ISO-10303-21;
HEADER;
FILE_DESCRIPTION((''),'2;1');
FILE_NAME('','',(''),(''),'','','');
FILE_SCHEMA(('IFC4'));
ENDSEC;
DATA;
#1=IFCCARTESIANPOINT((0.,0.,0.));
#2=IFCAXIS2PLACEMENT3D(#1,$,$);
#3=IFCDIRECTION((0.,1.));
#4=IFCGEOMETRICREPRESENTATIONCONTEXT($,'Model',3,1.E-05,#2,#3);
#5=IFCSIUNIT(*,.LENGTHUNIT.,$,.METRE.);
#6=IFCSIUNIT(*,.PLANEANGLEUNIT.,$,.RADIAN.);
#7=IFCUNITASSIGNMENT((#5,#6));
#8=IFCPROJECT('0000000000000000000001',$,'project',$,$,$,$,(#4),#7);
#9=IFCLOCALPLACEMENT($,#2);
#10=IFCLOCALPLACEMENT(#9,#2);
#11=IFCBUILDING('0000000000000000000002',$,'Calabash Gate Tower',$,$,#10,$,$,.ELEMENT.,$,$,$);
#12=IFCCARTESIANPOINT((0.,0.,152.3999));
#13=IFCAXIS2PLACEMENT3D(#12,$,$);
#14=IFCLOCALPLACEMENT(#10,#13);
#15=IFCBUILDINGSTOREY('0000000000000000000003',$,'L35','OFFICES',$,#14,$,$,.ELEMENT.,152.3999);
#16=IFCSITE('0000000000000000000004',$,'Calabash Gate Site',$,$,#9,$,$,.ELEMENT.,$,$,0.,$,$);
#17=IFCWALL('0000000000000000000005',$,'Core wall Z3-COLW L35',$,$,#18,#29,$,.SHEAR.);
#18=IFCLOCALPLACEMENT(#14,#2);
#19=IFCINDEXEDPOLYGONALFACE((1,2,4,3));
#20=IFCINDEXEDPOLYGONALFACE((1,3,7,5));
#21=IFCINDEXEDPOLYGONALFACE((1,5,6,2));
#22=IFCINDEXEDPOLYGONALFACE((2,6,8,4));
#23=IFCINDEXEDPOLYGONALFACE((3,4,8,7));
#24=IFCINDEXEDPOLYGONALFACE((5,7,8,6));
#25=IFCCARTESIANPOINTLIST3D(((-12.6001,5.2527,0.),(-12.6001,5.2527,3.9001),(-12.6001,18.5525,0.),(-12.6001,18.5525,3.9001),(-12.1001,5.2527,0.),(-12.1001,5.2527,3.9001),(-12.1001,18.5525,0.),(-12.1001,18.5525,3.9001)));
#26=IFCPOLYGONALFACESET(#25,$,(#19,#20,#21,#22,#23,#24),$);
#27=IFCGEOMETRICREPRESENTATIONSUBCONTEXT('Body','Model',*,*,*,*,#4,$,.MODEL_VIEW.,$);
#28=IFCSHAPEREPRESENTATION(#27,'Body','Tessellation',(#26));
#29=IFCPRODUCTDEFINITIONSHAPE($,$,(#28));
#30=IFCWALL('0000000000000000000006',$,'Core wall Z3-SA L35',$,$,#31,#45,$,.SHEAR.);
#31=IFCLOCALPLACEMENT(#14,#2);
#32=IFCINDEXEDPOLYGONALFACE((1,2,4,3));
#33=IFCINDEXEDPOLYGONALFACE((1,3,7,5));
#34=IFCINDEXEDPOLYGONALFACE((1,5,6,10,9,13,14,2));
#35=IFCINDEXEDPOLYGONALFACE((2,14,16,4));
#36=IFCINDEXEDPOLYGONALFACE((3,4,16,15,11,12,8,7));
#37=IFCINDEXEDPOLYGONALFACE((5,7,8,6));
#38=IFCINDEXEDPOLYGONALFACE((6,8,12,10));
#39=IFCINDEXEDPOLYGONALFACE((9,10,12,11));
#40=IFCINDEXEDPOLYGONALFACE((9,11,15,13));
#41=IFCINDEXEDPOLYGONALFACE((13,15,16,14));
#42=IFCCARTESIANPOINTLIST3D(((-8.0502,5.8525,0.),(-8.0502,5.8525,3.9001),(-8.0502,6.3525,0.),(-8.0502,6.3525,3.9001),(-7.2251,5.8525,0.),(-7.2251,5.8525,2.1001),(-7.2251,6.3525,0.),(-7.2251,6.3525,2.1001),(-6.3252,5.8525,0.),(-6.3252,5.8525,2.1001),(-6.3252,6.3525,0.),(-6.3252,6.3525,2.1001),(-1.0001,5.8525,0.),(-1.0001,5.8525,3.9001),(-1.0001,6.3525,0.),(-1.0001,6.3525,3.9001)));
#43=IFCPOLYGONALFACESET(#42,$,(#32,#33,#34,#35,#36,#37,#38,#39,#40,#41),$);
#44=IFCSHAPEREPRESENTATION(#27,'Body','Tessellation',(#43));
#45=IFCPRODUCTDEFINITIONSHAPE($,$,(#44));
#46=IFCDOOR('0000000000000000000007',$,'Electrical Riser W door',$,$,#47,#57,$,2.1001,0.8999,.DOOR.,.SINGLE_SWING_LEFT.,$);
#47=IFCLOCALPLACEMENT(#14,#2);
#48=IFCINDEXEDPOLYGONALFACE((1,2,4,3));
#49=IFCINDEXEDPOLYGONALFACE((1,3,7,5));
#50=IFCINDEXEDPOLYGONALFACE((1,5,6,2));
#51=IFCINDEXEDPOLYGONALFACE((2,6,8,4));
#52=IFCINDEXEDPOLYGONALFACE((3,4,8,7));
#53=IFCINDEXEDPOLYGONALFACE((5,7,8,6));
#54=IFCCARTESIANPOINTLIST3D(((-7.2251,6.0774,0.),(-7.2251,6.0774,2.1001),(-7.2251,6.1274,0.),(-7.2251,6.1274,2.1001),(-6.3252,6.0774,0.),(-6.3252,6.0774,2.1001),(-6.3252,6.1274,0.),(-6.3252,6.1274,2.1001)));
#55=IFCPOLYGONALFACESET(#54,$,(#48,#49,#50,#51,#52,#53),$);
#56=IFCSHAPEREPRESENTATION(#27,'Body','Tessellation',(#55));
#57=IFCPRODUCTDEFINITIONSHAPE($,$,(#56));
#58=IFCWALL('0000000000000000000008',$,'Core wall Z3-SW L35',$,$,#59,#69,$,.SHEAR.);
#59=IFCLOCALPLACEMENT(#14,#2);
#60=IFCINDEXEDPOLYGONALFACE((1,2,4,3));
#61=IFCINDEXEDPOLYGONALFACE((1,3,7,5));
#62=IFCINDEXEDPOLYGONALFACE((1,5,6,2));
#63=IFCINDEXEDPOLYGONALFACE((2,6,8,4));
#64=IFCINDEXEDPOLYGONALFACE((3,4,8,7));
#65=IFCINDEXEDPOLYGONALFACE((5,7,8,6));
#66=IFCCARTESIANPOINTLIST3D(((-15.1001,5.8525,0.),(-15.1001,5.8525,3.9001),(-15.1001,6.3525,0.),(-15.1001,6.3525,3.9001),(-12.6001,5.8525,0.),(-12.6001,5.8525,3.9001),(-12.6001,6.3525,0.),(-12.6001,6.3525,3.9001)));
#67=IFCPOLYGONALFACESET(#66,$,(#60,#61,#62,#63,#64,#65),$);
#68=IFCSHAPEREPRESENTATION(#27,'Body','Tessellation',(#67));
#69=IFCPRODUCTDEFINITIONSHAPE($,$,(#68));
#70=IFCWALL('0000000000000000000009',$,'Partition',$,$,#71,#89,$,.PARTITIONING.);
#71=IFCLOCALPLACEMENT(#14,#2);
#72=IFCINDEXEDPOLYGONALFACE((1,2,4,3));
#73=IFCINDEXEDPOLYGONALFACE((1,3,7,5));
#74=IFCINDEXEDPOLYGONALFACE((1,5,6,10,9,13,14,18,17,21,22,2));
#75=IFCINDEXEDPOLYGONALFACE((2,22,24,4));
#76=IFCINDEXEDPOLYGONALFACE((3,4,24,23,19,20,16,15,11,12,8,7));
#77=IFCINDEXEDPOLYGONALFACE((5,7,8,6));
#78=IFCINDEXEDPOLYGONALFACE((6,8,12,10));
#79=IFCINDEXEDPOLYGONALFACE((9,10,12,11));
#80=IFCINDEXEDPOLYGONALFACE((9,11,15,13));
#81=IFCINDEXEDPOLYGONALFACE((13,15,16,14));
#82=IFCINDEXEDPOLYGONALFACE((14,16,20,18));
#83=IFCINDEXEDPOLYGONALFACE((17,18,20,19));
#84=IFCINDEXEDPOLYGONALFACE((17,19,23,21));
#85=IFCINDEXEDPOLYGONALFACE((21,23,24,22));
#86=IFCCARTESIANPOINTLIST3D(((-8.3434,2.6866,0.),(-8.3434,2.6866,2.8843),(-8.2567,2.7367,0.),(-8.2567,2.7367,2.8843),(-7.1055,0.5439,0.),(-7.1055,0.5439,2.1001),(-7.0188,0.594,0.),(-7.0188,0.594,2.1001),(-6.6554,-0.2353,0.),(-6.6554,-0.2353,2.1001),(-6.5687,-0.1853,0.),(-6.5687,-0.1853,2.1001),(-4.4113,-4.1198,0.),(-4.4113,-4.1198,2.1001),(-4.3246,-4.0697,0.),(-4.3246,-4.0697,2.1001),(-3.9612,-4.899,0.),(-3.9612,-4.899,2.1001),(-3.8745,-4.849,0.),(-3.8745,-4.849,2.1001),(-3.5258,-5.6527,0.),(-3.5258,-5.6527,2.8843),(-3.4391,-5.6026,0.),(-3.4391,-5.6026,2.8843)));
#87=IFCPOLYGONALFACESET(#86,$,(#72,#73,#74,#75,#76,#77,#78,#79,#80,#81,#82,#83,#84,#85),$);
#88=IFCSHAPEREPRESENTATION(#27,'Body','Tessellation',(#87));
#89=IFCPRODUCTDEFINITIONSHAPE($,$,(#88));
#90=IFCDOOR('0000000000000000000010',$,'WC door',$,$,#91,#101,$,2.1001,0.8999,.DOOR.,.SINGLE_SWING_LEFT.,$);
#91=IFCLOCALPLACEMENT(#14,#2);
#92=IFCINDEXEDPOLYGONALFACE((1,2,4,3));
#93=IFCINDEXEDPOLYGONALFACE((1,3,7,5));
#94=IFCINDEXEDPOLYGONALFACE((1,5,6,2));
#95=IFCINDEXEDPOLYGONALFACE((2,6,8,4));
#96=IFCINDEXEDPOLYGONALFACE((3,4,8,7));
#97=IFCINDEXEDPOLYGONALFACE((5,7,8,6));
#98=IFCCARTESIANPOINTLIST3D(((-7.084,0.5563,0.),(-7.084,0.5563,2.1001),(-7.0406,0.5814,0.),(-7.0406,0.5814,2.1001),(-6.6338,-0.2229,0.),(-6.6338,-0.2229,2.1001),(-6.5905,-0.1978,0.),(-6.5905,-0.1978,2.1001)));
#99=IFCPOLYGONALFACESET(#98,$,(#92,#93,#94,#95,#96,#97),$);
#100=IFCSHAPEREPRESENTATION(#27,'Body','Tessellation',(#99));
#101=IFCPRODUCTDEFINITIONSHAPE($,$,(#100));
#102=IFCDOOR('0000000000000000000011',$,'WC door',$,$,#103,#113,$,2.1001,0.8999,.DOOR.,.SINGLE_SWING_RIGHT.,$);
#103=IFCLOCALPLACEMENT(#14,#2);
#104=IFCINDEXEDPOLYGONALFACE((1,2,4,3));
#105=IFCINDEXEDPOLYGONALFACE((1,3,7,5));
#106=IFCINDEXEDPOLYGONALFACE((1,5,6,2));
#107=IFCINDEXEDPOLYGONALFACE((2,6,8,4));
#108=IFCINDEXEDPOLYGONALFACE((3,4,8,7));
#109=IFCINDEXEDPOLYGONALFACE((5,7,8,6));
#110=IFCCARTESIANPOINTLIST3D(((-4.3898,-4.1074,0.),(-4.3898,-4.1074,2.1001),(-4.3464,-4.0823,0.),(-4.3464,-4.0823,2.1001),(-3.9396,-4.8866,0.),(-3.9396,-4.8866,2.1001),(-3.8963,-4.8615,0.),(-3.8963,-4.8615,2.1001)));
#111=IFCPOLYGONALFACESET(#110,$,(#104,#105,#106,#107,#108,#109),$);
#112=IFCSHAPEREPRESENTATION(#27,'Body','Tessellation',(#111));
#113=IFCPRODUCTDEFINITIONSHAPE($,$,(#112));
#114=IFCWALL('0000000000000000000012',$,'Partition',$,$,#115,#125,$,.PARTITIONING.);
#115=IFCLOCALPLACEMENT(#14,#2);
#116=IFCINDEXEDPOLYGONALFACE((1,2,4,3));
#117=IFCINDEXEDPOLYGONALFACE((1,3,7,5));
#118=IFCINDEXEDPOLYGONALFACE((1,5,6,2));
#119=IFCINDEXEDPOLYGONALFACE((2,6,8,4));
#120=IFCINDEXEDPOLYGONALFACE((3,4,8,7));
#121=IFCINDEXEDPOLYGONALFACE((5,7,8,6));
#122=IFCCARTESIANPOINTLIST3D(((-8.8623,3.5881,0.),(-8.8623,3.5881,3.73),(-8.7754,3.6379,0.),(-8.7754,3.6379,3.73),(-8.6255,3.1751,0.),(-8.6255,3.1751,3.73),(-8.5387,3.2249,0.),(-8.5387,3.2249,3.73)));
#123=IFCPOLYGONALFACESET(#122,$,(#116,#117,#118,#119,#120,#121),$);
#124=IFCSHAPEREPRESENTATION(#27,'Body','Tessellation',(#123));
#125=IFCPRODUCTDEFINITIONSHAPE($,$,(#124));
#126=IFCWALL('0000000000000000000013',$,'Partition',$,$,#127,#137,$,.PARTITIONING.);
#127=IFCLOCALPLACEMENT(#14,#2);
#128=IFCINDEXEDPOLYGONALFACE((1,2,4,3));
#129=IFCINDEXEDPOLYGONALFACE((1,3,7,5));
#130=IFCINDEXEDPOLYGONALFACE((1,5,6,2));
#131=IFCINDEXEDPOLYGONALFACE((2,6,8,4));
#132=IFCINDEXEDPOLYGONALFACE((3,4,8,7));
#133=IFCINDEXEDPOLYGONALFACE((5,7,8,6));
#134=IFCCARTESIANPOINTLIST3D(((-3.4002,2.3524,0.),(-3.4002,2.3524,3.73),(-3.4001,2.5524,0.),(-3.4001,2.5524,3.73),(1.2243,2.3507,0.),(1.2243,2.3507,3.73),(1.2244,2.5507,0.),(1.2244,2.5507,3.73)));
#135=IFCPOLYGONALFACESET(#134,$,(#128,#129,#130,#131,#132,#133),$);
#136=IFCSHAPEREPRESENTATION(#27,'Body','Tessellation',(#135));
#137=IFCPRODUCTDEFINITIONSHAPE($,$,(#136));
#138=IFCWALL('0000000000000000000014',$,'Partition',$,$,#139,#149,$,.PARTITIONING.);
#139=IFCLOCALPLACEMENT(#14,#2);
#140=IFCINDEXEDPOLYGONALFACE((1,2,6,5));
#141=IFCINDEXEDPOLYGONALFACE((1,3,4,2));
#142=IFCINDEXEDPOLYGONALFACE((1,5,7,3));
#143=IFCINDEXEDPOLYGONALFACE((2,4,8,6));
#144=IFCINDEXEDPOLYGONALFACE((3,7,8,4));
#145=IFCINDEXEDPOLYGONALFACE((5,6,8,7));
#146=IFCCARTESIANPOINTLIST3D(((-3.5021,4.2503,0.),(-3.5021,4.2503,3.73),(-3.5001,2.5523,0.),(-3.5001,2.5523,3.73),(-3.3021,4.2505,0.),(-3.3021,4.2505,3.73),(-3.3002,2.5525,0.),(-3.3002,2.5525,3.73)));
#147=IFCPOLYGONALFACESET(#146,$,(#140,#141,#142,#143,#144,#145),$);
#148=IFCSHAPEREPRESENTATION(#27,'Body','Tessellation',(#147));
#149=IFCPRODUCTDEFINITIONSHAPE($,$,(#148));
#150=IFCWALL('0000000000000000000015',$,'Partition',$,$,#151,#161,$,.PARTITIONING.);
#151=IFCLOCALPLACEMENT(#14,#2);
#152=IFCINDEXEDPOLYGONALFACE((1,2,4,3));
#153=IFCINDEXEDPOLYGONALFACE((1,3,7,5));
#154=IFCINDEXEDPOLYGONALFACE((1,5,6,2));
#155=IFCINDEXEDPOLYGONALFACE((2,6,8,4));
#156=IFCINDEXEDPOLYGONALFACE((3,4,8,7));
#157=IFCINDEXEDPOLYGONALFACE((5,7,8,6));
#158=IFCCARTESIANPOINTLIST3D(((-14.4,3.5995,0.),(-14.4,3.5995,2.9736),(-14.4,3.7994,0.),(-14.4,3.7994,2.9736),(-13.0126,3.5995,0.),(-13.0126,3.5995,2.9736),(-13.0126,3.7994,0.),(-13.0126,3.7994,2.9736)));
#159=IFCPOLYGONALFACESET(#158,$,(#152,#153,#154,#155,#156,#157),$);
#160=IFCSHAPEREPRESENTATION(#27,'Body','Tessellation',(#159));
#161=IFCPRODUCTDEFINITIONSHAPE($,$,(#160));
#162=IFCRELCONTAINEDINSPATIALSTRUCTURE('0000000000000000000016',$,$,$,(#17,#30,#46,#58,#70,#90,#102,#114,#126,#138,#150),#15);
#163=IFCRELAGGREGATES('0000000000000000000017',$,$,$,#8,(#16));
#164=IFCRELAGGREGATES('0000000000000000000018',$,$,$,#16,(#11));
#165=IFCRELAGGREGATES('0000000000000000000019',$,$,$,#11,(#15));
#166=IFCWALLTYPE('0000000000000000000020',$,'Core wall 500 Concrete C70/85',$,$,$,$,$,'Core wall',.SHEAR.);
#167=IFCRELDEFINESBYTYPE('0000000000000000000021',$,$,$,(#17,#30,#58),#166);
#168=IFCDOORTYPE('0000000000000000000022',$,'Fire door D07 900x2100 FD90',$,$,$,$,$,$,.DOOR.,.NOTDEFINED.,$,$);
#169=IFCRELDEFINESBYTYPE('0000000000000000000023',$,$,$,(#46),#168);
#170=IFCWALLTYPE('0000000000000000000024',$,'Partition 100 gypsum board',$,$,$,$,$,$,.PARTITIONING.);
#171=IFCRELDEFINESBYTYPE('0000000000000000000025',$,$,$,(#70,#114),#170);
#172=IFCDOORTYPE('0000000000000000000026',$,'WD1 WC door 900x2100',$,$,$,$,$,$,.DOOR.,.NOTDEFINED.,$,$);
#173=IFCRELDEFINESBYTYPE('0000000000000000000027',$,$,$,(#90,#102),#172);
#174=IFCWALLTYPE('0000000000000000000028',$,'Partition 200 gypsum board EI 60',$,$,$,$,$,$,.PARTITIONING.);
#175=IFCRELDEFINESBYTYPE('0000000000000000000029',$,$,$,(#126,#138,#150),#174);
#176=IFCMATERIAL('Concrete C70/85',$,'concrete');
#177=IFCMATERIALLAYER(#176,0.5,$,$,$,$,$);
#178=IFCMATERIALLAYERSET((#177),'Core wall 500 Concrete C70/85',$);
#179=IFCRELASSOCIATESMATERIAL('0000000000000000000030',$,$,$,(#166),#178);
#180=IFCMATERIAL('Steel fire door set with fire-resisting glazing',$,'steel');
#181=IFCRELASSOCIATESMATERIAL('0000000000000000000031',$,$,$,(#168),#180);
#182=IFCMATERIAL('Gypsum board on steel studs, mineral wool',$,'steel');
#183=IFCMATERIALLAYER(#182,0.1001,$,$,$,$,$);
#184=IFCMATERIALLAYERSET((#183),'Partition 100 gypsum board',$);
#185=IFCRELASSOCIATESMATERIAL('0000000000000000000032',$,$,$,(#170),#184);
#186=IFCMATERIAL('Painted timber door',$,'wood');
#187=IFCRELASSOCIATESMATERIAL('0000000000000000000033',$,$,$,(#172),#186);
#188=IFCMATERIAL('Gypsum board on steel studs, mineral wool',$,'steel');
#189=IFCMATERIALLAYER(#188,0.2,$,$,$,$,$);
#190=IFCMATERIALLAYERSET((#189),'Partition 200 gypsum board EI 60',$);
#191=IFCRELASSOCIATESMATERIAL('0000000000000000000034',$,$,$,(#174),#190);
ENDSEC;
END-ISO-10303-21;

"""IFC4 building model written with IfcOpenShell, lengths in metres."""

from ifc_helpers import new_model, si_unit, direction, frame, frame_2d, origin, place, context, subcontext, project, spatial, rectangle, extrude, material, layer, layer_set, type_object, element, fill, save


model = new_model("IFC4")

# Units and contexts
model_context = context("Model", 3, precision=1e-05, world=origin(), true_north=direction((0.0, 1.0)))
body_context = subcontext(model_context, "Body", "Model", "MODEL_VIEW")
ifc_project = project(units=[si_unit("LENGTHUNIT", "METRE"), si_unit("PLANEANGLEUNIT", "RADIAN")], contexts=[model_context])

# Site, building, storey
site_placement = place(None, origin())
site = spatial("IfcSite", under=ifc_project, at=site_placement, Name="Calabash Gate Site", CompositionType="ELEMENT", RefElevation=0.0)
building_placement = place(site_placement, origin())
building = spatial("IfcBuilding", under=site, at=building_placement, Name="Calabash Gate Tower", CompositionType="ELEMENT")
storey_placement = place(building_placement, frame((0.0, 0.0, 152.3999)))
storey = spatial("IfcBuildingStorey", under=building, at=storey_placement, Name="L35", Description="OFFICES", CompositionType="ELEMENT", Elevation=152.3999)

# Wall
ifc_material_1 = material(Name="Concrete C70/85", Category="concrete")
ifc_layer_1 = layer(ifc_material_1, 0.5)
ifc_layer_set_1 = layer_set([ifc_layer_1], Name="Core wall 500 Concrete C70/85")
wall_type_1 = type_object("IfcWallType", Name="Core wall 500 Concrete C70/85", ElementType="Core wall", PredefinedType="SHEAR", material=ifc_layer_set_1)
wall_1_placement = place(storey_placement, frame((-12.3501, 5.2527, 0.0), z_axis=(0.0, 0.0, 1.0), x_axis=(0.0, 1.0, 0.0)))
element("IfcWall", 1, at=wall_1_placement, inside=storey, type_object=wall_type_1, Name="Core wall Z3-COLW L35", PredefinedType="SHEAR", context=body_context, shape_type="SweptSolid", body=[
    extrude(rectangle(XDim=13.2998, YDim=0.5, at=frame_2d((6.6499, 0.0))), origin(), (0.0, 0.0, 1.0), 3.9001),
])

# Wall, opening, door
wall_2_placement = place(storey_placement, frame((-8.05, 6.1025, 0.0), z_axis=(0.0, 0.0, 1.0), x_axis=(1.0, 0.0, 0.0)))
wall_2 = element("IfcWall", 2, at=wall_2_placement, inside=storey, type_object=wall_type_1, Name="Core wall Z3-SA L35", PredefinedType="SHEAR", context=body_context, shape_type="SweptSolid", body=[
    extrude(rectangle(XDim=7.05, YDim=0.5, at=frame_2d((3.5249, 0.0))), origin(), (0.0, 0.0, 1.0), 3.9001),
])
opening_1_placement = place(wall_2_placement, frame((0.825, 0.0, 0.0)))
opening_1 = element("IfcOpeningElement", 3, at=opening_1_placement, cuts=wall_2, PredefinedType="OPENING", context=body_context, shape_type="SweptSolid", body=[
    extrude(rectangle(XDim=0.8999, YDim=2.1001, at=frame_2d((0.45, 1.05))), frame((0.0, 0.26, 0.0), z_axis=(0.0, -1.0, 0.0), x_axis=(1.0, 0.0, 0.0)), (0.0, 0.0, 1.0), 0.52),
])
ifc_material_2 = material(Name="Steel fire door set with fire-resisting glazing", Category="steel")
door_type_1 = type_object("IfcDoorType", Name="Fire door D07 900x2100 FD90", OperationType="NOTDEFINED", PredefinedType="DOOR", material=ifc_material_2)
door_1_placement = place(opening_1_placement, origin())
door_1 = element("IfcDoor", 4, at=door_1_placement, inside=storey, type_object=door_type_1, Name="Electrical Riser W door", OperationType="SINGLE_SWING_LEFT", OverallHeight=2.1001, OverallWidth=0.8999, PredefinedType="DOOR", context=body_context, shape_type="SweptSolid", body=[
    extrude(rectangle(XDim=0.8999, YDim=2.1001, at=frame_2d((0.45, 1.05))), frame((0.0, 0.0249, 0.0), z_axis=(0.0, -1.0, 0.0), x_axis=(1.0, 0.0, 0.0)), (0.0, 0.0, 1.0), 0.05),
])
fill(opening_1, door_1)

# Wall
wall_3_placement = place(storey_placement, frame((-12.6001, 6.1025, 0.0), z_axis=(0.0, 0.0, 1.0), x_axis=(-1.0, 0.0, 0.0)))
element("IfcWall", 5, at=wall_3_placement, inside=storey, type_object=wall_type_1, Name="Core wall Z3-SW L35", PredefinedType="SHEAR", context=body_context, shape_type="SweptSolid", body=[
    extrude(rectangle(XDim=2.5, YDim=0.5, at=frame_2d((1.25, 0.0))), origin(), (0.0, 0.0, 1.0), 3.9001),
])

# Wall, openings, doors
ifc_material_3 = material(Name="Gypsum board on steel studs, mineral wool", Category="steel")
ifc_layer_2 = layer(ifc_material_3, 0.1001)
ifc_layer_set_2 = layer_set([ifc_layer_2], Name="Partition 100 gypsum board")
wall_type_2 = type_object("IfcWallType", Name="Partition 100 gypsum board", PredefinedType="PARTITIONING", material=ifc_layer_set_2)
wall_4_placement = place(storey_placement, frame((-8.3, 2.7117, 0.0), z_axis=(0.0, 0.0, 1.0), x_axis=(0.500226, -0.865895, 0.0)))
wall_4 = element("IfcWall", 6, at=wall_4_placement, inside=storey, type_object=wall_type_2, Name="Partition", PredefinedType="PARTITIONING", context=body_context, shape_type="SweptSolid", body=[
    extrude(rectangle(XDim=9.6309, YDim=0.1001, at=frame_2d((4.8154, 0.0))), origin(), (0.0, 0.0, 1.0), 2.8843),
])
opening_2_placement = place(wall_4_placement, frame((2.4746, 0.0, 0.0)))
opening_2 = element("IfcOpeningElement", 7, at=opening_2_placement, cuts=wall_4, PredefinedType="OPENING", context=body_context, shape_type="SweptSolid", body=[
    extrude(rectangle(XDim=0.8999, YDim=2.1001, at=frame_2d((0.45, 1.05))), frame((0.0, 0.0601, 0.0), z_axis=(0.0, -1.0, 0.0), x_axis=(1.0, 0.0, 0.0)), (0.0, 0.0, 1.0), 0.1201),
])
opening_3_placement = place(wall_4_placement, frame((7.8606, 0.0, 0.0)))
opening_3 = element("IfcOpeningElement", 8, at=opening_3_placement, cuts=wall_4, PredefinedType="OPENING", context=body_context, shape_type="SweptSolid", body=[
    extrude(rectangle(XDim=0.8999, YDim=2.1001, at=frame_2d((0.45, 1.05))), frame((0.0, 0.0601, 0.0), z_axis=(0.0, -1.0, 0.0), x_axis=(1.0, 0.0, 0.0)), (0.0, 0.0, 1.0), 0.1201),
])
ifc_material_4 = material(Name="Painted timber door", Category="wood")
door_type_2 = type_object("IfcDoorType", Name="WD1 WC door 900x2100", OperationType="NOTDEFINED", PredefinedType="DOOR", material=ifc_material_4)
door_2_placement = place(opening_2_placement, origin())
door_2 = element("IfcDoor", 9, at=door_2_placement, inside=storey, type_object=door_type_2, Name="WC door", OperationType="SINGLE_SWING_LEFT", OverallHeight=2.1001, OverallWidth=0.8999, PredefinedType="DOOR", context=body_context, shape_type="SweptSolid", body=[
    extrude(rectangle(XDim=0.8999, YDim=2.1001, at=frame_2d((0.45, 1.05))), frame((0.0, 0.0249, 0.0), z_axis=(0.0, -1.0, 0.0), x_axis=(1.0, 0.0, 0.0)), (0.0, 0.0, 1.0), 0.05),
])
fill(opening_2, door_2)
door_3_placement = place(opening_3_placement, origin())
door_3 = element("IfcDoor", 10, at=door_3_placement, inside=storey, type_object=door_type_2, Name="WC door", OperationType="SINGLE_SWING_RIGHT", OverallHeight=2.1001, OverallWidth=0.8999, PredefinedType="DOOR", context=body_context, shape_type="SweptSolid", body=[
    extrude(rectangle(XDim=0.8999, YDim=2.1001, at=frame_2d((0.45, 1.05))), frame((0.0, 0.0249, 0.0), z_axis=(0.0, -1.0, 0.0), x_axis=(1.0, 0.0, 0.0)), (0.0, 0.0, 1.0), 0.05),
])
fill(opening_3, door_3)

# Wall
wall_5_placement = place(storey_placement, frame((-8.8188, 3.613, 0.0), z_axis=(0.0, 0.0, 1.0), x_axis=(0.497353, -0.867548, 0.0)))
element("IfcWall", 11, at=wall_5_placement, inside=storey, type_object=wall_type_2, Name="Partition", PredefinedType="PARTITIONING", context=body_context, shape_type="SweptSolid", body=[
    extrude(rectangle(XDim=0.4761, YDim=0.1001, at=frame_2d((0.238, 0.0))), origin(), (0.0, 0.0, 1.0), 3.73),
])

# Shared definitions
ifc_material_5 = material(Name="Gypsum board on steel studs, mineral wool", Category="steel")
ifc_layer_3 = layer(ifc_material_5, 0.2)
ifc_layer_set_3 = layer_set([ifc_layer_3], Name="Partition 200 gypsum board EI 60")
wall_type_3 = type_object("IfcWallType", Name="Partition 200 gypsum board EI 60", PredefinedType="PARTITIONING", material=ifc_layer_set_3)

# Walls
wall_6_placement = place(storey_placement, frame((-3.4001, 2.4524, 0.0), z_axis=(0.0, 0.0, 1.0), x_axis=(1.0, -0.00037, 0.0)))
element("IfcWall", 12, at=wall_6_placement, inside=storey, type_object=wall_type_3, Name="Partition", PredefinedType="PARTITIONING", context=body_context, shape_type="SweptSolid", body=[
    extrude(rectangle(XDim=4.6245, YDim=0.2, at=frame_2d((2.3123, 0.0))), origin(), (0.0, 0.0, 1.0), 3.73),
])
wall_7_placement = place(storey_placement, frame((-3.4021, 4.2505, 0.0), z_axis=(0.0, 0.0, 1.0), x_axis=(0.00115, -0.999999, 0.0)))
element("IfcWall", 13, at=wall_7_placement, inside=storey, type_object=wall_type_3, Name="Partition", PredefinedType="PARTITIONING", context=body_context, shape_type="SweptSolid", body=[
    extrude(rectangle(XDim=1.698, YDim=0.2, at=frame_2d((0.8491, 0.0))), origin(), (0.0, 0.0, 1.0), 3.73),
])
wall_8_placement = place(storey_placement, frame((-14.4001, 3.6995, 0.0), z_axis=(0.0, 0.0, 1.0), x_axis=(1.0, 0.0, 0.0)))
element("IfcWall", 14, at=wall_8_placement, inside=storey, type_object=wall_type_3, Name="Partition", PredefinedType="PARTITIONING", context=body_context, shape_type="SweptSolid", body=[
    extrude(rectangle(XDim=1.3875, YDim=0.2, at=frame_2d((0.6938, 0.0))), origin(), (0.0, 0.0, 1.0), 2.9736),
])

save(model, "model.ifc")
